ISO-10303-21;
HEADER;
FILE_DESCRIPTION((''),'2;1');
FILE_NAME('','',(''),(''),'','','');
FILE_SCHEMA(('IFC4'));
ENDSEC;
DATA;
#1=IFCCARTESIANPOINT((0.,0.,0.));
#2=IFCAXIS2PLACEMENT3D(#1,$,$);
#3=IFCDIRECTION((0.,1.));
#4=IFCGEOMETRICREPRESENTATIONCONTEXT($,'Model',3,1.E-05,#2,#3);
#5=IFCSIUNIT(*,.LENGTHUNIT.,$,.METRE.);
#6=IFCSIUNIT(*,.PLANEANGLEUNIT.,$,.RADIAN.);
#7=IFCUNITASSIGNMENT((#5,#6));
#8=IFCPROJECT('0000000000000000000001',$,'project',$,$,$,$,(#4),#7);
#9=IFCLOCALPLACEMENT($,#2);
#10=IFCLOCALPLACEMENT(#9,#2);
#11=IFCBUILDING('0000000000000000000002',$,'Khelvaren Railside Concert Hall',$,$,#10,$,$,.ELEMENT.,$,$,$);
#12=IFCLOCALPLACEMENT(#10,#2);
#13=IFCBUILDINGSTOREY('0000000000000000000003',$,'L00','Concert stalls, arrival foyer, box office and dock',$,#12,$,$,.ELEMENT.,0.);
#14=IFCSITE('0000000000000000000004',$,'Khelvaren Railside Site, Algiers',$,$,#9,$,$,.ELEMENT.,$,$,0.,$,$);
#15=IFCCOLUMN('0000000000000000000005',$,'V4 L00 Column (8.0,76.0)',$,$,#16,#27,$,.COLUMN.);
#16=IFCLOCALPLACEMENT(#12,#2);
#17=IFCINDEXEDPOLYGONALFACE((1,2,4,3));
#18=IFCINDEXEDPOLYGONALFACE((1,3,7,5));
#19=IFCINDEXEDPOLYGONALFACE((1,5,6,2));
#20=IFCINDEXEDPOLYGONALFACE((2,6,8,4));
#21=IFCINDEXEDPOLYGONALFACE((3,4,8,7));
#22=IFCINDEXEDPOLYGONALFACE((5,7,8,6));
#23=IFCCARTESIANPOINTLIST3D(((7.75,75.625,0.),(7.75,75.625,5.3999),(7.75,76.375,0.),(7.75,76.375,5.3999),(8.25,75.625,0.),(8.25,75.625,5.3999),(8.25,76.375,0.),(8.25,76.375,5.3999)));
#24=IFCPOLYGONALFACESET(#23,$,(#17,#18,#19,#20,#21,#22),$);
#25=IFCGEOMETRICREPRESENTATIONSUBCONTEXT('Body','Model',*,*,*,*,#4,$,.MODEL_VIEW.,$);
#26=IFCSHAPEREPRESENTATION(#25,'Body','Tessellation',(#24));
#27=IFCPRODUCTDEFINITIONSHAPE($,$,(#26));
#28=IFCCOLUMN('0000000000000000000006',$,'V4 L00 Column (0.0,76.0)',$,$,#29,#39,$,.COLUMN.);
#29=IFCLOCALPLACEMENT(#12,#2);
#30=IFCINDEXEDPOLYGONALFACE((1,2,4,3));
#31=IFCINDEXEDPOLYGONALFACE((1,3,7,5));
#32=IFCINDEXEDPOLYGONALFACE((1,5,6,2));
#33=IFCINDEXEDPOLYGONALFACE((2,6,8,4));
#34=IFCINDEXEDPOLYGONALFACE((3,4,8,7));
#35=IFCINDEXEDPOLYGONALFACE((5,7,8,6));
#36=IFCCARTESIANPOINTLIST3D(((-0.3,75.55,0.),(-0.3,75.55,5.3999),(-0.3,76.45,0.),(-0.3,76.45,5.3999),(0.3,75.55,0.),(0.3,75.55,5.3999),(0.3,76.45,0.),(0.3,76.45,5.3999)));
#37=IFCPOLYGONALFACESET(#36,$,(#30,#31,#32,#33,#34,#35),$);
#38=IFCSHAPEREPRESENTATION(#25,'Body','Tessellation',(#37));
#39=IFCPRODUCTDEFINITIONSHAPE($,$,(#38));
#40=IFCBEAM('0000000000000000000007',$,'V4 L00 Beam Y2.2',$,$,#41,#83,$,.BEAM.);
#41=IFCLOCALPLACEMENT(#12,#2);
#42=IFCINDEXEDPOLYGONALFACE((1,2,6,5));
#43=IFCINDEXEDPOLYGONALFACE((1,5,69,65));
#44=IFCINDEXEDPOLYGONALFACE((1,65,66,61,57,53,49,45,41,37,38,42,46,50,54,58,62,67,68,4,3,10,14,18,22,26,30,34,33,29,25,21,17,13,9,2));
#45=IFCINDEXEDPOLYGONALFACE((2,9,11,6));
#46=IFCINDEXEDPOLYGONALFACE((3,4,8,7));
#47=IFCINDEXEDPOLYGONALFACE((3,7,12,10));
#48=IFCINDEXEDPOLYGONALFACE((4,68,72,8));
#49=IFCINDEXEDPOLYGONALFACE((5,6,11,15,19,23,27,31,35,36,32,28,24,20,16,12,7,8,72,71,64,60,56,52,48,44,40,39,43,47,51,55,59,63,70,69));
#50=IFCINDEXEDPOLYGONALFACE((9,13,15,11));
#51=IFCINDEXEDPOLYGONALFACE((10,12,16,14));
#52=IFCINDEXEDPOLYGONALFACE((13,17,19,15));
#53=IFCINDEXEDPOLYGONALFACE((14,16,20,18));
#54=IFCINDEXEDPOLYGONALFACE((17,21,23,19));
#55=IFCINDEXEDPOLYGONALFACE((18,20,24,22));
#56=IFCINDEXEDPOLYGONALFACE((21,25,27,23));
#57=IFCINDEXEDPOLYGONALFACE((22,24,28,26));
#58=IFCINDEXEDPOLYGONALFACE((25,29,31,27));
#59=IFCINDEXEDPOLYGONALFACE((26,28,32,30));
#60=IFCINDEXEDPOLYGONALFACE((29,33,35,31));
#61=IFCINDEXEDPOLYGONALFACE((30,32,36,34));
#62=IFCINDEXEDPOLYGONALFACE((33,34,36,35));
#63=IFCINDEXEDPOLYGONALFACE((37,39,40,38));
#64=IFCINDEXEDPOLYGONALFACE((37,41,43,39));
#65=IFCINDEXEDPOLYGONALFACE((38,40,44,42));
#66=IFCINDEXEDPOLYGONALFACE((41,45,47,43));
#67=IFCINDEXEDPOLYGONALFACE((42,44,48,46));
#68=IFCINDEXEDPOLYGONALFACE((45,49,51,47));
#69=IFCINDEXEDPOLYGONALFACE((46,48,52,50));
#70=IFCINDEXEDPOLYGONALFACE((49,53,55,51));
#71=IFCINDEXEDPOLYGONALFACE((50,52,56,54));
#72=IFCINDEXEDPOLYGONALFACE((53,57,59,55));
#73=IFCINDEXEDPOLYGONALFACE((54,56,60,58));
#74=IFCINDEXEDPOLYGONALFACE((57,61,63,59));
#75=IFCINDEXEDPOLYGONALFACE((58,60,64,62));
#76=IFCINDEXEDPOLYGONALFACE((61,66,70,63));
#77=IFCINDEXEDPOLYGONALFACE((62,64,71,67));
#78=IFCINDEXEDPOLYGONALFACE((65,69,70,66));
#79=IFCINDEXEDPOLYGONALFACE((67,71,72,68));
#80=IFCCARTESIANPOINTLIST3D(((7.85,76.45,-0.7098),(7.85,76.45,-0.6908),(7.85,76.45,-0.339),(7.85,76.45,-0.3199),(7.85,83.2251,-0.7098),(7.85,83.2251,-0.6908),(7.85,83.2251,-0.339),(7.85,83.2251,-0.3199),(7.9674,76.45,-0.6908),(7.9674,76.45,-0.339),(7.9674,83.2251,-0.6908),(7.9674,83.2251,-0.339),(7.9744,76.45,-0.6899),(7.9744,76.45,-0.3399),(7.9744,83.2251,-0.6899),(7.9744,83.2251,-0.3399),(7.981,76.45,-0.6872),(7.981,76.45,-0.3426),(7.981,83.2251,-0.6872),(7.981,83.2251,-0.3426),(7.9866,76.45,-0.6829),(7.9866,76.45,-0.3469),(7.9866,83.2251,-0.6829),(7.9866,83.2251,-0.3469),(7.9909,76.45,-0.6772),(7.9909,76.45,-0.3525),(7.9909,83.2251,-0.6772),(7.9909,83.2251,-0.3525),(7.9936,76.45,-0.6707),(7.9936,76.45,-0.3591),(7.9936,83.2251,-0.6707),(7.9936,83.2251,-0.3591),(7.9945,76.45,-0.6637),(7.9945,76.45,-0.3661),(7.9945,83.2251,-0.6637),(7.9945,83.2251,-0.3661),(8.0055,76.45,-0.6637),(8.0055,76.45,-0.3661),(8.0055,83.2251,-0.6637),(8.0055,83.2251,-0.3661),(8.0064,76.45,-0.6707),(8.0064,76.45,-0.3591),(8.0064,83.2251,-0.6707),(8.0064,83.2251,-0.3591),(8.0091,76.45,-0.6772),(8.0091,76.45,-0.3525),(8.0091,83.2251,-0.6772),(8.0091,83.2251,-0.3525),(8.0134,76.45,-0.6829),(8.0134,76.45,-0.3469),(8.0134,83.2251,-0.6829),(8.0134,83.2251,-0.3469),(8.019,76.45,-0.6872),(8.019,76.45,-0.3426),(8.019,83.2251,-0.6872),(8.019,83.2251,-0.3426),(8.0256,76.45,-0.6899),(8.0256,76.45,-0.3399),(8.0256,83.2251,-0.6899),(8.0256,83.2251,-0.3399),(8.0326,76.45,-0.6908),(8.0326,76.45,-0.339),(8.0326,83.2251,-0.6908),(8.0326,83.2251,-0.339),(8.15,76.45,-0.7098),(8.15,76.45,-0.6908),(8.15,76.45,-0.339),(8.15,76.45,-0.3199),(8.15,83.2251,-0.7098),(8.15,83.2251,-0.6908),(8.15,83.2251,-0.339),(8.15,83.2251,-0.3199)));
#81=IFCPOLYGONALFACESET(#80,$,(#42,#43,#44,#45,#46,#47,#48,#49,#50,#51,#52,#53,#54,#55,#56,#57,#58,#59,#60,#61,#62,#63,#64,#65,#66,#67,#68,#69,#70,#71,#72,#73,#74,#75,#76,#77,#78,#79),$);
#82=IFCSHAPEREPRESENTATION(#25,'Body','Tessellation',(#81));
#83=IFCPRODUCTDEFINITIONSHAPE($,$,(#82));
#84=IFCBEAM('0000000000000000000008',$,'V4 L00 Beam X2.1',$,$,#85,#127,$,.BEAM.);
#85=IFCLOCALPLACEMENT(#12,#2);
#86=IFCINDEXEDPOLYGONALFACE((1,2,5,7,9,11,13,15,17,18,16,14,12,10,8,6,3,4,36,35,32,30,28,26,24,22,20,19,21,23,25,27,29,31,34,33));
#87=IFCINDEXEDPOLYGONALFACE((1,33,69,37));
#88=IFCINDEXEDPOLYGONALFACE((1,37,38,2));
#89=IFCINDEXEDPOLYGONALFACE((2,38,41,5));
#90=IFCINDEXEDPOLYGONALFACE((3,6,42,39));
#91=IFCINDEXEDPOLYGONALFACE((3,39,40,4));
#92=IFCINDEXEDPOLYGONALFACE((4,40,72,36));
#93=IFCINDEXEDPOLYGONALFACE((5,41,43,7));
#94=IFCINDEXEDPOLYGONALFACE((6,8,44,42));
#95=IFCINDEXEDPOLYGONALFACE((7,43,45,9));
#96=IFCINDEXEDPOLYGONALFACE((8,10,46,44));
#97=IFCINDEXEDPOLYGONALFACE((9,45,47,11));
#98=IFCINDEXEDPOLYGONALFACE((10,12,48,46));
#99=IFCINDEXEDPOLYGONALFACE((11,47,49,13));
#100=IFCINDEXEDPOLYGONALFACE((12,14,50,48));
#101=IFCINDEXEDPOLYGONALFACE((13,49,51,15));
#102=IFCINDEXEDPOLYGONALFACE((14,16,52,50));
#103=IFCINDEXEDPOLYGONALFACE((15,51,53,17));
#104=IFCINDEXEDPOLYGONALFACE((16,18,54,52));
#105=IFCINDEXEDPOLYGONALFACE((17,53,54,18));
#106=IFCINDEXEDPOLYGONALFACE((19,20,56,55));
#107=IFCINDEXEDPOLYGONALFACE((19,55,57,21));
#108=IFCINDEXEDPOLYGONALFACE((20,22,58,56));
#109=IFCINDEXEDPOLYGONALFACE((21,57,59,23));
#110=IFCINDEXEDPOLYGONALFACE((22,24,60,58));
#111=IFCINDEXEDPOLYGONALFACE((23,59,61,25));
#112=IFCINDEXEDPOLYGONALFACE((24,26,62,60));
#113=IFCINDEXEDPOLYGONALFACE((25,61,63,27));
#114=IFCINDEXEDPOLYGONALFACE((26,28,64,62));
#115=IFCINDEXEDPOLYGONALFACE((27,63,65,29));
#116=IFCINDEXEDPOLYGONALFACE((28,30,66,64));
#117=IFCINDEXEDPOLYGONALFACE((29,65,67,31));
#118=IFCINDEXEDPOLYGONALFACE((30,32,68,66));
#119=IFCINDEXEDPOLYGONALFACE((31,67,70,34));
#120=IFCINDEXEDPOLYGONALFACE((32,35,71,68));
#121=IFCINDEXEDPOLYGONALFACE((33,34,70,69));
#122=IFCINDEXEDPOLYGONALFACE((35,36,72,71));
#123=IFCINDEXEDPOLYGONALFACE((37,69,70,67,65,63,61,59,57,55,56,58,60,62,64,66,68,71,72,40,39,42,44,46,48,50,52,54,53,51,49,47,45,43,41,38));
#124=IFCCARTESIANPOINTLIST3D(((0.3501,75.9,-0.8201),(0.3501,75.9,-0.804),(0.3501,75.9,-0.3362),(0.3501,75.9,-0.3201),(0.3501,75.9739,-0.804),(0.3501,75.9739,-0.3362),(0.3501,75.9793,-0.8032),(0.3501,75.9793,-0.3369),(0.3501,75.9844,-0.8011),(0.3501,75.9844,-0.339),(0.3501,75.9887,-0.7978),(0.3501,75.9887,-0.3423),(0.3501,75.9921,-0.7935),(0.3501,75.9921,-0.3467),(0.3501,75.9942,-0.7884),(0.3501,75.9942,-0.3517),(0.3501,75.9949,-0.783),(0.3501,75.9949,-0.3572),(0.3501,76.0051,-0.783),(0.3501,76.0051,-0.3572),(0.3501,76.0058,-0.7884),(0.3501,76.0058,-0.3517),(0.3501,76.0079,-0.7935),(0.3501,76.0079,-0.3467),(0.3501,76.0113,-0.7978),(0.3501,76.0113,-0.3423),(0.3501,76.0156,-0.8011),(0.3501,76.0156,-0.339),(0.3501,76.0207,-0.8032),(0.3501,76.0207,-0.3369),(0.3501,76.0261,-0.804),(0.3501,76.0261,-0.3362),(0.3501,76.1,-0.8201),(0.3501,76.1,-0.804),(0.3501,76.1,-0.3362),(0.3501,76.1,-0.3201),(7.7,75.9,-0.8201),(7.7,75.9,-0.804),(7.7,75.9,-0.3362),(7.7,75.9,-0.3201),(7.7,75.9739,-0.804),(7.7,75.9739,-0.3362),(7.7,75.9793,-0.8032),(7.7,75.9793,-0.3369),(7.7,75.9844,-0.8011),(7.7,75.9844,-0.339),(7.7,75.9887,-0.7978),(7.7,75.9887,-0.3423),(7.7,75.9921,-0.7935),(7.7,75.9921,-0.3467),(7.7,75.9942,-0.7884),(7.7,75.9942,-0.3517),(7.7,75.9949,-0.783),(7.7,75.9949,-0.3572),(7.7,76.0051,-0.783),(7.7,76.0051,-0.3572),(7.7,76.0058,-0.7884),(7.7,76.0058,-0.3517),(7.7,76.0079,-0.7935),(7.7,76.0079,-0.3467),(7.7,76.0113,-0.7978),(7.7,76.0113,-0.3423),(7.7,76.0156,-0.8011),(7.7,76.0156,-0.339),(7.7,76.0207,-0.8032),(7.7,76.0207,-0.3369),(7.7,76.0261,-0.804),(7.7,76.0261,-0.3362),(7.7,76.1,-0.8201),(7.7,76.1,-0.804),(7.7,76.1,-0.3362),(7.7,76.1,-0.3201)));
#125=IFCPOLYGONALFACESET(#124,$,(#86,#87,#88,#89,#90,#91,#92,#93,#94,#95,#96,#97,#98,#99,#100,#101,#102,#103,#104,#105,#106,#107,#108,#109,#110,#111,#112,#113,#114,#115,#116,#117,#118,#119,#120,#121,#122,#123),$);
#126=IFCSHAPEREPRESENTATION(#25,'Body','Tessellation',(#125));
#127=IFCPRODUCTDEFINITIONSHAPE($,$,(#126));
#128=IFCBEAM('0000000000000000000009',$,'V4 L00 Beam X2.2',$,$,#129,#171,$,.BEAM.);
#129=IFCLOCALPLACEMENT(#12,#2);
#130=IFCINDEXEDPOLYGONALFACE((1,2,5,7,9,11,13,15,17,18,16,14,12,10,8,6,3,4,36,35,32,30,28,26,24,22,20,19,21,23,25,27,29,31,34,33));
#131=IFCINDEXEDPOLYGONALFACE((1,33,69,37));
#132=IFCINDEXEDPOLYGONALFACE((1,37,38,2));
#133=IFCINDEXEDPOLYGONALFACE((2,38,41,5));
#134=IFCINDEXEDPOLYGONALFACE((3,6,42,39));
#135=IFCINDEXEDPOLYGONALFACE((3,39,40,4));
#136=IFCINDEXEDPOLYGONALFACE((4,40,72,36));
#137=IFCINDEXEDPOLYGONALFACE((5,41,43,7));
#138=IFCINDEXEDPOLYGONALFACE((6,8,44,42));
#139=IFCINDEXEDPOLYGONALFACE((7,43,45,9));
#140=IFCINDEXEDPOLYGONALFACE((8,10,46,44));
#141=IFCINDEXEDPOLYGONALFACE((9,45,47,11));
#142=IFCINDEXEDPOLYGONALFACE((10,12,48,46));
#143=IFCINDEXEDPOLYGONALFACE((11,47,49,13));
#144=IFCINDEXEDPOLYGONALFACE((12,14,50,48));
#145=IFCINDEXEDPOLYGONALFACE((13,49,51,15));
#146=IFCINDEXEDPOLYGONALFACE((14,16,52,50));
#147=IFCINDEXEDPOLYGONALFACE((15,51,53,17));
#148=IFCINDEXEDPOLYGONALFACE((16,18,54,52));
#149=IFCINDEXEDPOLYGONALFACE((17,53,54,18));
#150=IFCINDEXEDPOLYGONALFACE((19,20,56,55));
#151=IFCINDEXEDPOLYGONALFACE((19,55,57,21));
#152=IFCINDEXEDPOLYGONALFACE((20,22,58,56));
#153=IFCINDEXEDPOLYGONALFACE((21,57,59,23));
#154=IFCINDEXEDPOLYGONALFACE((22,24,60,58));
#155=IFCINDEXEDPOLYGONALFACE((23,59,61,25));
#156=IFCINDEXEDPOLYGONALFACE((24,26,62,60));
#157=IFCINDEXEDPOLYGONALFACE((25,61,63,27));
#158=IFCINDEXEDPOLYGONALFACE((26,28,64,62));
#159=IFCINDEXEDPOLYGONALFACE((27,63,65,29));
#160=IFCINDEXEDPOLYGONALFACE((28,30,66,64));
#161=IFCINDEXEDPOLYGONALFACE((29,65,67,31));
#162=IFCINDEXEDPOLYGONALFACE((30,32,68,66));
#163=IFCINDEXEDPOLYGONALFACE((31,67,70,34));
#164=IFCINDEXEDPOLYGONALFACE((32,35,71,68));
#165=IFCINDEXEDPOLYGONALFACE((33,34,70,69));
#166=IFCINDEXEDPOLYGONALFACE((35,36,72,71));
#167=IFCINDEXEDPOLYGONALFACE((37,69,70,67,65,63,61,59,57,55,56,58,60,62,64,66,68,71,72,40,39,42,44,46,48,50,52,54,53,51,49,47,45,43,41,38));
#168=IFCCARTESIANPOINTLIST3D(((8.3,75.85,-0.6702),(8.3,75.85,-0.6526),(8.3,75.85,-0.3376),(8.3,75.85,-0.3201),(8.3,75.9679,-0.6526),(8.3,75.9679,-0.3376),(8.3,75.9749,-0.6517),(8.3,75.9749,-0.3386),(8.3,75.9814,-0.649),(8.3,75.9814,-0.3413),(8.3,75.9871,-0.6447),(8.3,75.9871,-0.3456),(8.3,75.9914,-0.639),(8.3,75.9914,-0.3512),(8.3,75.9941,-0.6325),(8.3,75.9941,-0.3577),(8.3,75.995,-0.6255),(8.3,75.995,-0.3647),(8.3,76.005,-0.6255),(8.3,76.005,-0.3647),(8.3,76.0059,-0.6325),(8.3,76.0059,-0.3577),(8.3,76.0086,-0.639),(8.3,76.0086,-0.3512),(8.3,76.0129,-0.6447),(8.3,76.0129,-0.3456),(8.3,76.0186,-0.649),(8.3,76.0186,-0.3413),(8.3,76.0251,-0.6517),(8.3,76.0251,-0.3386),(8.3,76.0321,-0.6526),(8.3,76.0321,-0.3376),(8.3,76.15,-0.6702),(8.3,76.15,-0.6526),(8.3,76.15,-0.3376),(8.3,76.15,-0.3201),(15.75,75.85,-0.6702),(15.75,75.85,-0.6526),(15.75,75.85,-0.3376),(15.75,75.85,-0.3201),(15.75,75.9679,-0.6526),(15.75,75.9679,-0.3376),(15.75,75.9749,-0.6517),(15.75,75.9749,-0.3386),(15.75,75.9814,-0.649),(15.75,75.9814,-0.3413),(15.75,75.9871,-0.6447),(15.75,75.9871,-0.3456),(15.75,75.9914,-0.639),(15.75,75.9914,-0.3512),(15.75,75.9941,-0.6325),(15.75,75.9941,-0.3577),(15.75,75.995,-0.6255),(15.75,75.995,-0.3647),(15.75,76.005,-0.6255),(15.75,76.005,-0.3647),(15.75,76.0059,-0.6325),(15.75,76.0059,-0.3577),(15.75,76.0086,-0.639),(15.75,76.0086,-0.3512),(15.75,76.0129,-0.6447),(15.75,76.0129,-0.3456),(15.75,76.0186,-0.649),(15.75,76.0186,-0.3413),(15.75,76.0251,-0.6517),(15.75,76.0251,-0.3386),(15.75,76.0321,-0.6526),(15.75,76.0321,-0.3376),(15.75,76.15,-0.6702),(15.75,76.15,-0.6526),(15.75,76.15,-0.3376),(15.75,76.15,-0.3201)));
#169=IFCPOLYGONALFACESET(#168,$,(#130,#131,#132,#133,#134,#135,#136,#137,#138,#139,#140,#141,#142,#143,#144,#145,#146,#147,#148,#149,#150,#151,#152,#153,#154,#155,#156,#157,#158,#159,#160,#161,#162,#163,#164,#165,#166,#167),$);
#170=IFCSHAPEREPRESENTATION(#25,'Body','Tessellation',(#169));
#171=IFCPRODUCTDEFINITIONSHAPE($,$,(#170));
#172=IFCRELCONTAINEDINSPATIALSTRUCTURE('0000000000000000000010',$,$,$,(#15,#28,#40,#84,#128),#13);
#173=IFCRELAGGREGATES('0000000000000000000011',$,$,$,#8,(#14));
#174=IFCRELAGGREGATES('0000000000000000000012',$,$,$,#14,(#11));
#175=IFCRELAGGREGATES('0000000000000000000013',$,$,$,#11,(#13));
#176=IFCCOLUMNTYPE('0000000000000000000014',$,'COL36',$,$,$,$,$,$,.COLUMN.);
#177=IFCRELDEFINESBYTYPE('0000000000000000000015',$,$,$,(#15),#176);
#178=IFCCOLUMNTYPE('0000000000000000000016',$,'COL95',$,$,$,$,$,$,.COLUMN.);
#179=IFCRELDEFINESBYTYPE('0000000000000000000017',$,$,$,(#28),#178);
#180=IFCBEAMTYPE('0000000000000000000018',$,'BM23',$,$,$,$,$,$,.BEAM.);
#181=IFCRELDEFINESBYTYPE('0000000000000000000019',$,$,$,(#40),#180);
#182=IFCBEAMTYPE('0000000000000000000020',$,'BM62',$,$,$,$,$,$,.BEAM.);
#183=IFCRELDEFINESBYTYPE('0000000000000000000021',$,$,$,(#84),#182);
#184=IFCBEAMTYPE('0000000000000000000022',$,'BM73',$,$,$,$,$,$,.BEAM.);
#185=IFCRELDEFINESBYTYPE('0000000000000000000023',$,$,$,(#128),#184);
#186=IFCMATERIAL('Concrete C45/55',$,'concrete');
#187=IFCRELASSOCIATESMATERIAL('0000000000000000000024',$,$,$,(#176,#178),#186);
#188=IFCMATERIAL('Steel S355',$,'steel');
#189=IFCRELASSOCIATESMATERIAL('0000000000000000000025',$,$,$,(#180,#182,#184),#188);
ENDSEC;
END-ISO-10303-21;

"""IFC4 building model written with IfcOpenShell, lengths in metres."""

from ifc_helpers import new_model, si_unit, direction, frame, origin, origin_2d, place, context, subcontext, project, spatial, rectangle, i_section, extrude, material, material_profile, profile_set, type_object, element, save


model = new_model("IFC4")

# Units and contexts
model_context = context("Model", 3, precision=1e-05, world=origin(), true_north=direction((0.0, 1.0)))
body_context = subcontext(model_context, "Body", "Model", "MODEL_VIEW")
ifc_project = project(units=[si_unit("LENGTHUNIT", "METRE"), si_unit("PLANEANGLEUNIT", "RADIAN")], contexts=[model_context])

# Site, building, storey
site_placement = place(None, origin())
site = spatial("IfcSite", under=ifc_project, at=site_placement, Name="Khelvaren Railside Site, Algiers", CompositionType="ELEMENT", RefElevation=0.0)
building_placement = place(site_placement, origin())
building = spatial("IfcBuilding", under=site, at=building_placement, Name="Khelvaren Railside Concert Hall", CompositionType="ELEMENT")
storey_placement = place(building_placement, origin())
storey = spatial("IfcBuildingStorey", under=building, at=storey_placement, Name="L00", Description="Concert stalls, arrival foyer, box office and dock", CompositionType="ELEMENT", Elevation=0.0)

# Columns
ifc_material_1 = material(Name="Concrete C45/55", Category="concrete")
ifc_material_profile_1 = material_profile(ifc_material_1, rectangle(XDim=0.5, YDim=0.75, at=origin_2d()), Name="RC 500x750")
ifc_profile_set_1 = profile_set([ifc_material_profile_1], Name="Concrete C45/55")
column_type_1 = type_object("IfcColumnType", Name="COL36", PredefinedType="COLUMN", material=ifc_profile_set_1)
column_1_placement = place(storey_placement, frame((8.0, 76.0, 0.0), z_axis=(0.0, 0.0, 1.0), x_axis=(1.0, 0.0, 0.0)))
element("IfcColumn", 1, at=column_1_placement, inside=storey, type_object=column_type_1, Name="V4 L00 Column (8.0,76.0)", PredefinedType="COLUMN", context=body_context, shape_type="SweptSolid", body=[
    extrude(rectangle(XDim=0.5, YDim=0.75, at=origin_2d()), origin(), (0.0, 0.0, 1.0), 5.3999),
])
ifc_material_profile_2 = material_profile(ifc_material_1, rectangle(XDim=0.6001, YDim=0.8999, at=origin_2d()), Name="RC 600x900")
ifc_profile_set_2 = profile_set([ifc_material_profile_2], Name="Concrete C45/55")
column_type_2 = type_object("IfcColumnType", Name="COL95", PredefinedType="COLUMN", material=ifc_profile_set_2)
column_2_placement = place(storey_placement, frame((0.0, 76.0, 0.0), z_axis=(0.0, 0.0, 1.0), x_axis=(1.0, 0.0, 0.0)))
element("IfcColumn", 2, at=column_2_placement, inside=storey, type_object=column_type_2, Name="V4 L00 Column (0.0,76.0)", PredefinedType="COLUMN", context=body_context, shape_type="SweptSolid", body=[
    extrude(rectangle(XDim=0.6001, YDim=0.8999, at=origin_2d()), origin(), (0.0, 0.0, 1.0), 5.3999),
])

# Beams
ifc_material_2 = material(Name="Steel S355", Category="steel")
ifc_material_profile_3 = material_profile(ifc_material_2, i_section(OverallWidth=0.3, OverallDepth=0.3899, WebThickness=0.011, FlangeThickness=0.019, FilletRadius=0.0271, at=origin_2d()), Name="HEA 400")
ifc_profile_set_3 = profile_set([ifc_material_profile_3], Name="Steel S355")
beam_type_1 = type_object("IfcBeamType", Name="BM23", PredefinedType="BEAM", material=ifc_profile_set_3)
beam_1_placement = place(storey_placement, frame((8.0, 76.45, -0.5149), z_axis=(0.0, 1.0, 0.0), x_axis=(-1.0, 0.0, 0.0)))
element("IfcBeam", 3, at=beam_1_placement, inside=storey, type_object=beam_type_1, Name="V4 L00 Beam Y2.2", PredefinedType="BEAM", context=body_context, shape_type="SweptSolid", body=[
    extrude(i_section(OverallWidth=0.3, OverallDepth=0.3899, WebThickness=0.011, FlangeThickness=0.019, FilletRadius=0.0271, at=origin_2d()), origin(), (0.0, 0.0, 1.0), 6.7751),
])
ifc_material_profile_4 = material_profile(ifc_material_2, i_section(OverallWidth=0.2, OverallDepth=0.5, WebThickness=0.0103, FlangeThickness=0.0161, FilletRadius=0.021, at=origin_2d()), Name="IPE 500")
ifc_profile_set_4 = profile_set([ifc_material_profile_4], Name="Steel S355")
beam_type_2 = type_object("IfcBeamType", Name="BM62", PredefinedType="BEAM", material=ifc_profile_set_4)
beam_2_placement = place(storey_placement, frame((0.3501, 76.0, -0.5701), z_axis=(1.0, 0.0, 0.0), x_axis=(0.0, 1.0, 0.0)))
element("IfcBeam", 4, at=beam_2_placement, inside=storey, type_object=beam_type_2, Name="V4 L00 Beam X2.1", PredefinedType="BEAM", context=body_context, shape_type="SweptSolid", body=[
    extrude(i_section(OverallWidth=0.2, OverallDepth=0.5, WebThickness=0.0103, FlangeThickness=0.0161, FilletRadius=0.021, at=origin_2d()), origin(), (0.0, 0.0, 1.0), 7.3499),
])
ifc_material_profile_5 = material_profile(ifc_material_2, i_section(OverallWidth=0.3, OverallDepth=0.3501, WebThickness=0.01, FlangeThickness=0.0176, FilletRadius=0.0271, at=origin_2d()), Name="HEA 360")
ifc_profile_set_5 = profile_set([ifc_material_profile_5], Name="Steel S355")
beam_type_3 = type_object("IfcBeamType", Name="BM73", PredefinedType="BEAM", material=ifc_profile_set_5)
beam_3_placement = place(storey_placement, frame((8.3, 76.0, -0.4951), z_axis=(1.0, 0.0, 0.0), x_axis=(0.0, 1.0, 0.0)))
element("IfcBeam", 5, at=beam_3_placement, inside=storey, type_object=beam_type_3, Name="V4 L00 Beam X2.2", PredefinedType="BEAM", context=body_context, shape_type="SweptSolid", body=[
    extrude(i_section(OverallWidth=0.3, OverallDepth=0.3501, WebThickness=0.01, FlangeThickness=0.0176, FilletRadius=0.0271, at=origin_2d()), origin(), (0.0, 0.0, 1.0), 7.45),
])

save(model, "model.ifc")
